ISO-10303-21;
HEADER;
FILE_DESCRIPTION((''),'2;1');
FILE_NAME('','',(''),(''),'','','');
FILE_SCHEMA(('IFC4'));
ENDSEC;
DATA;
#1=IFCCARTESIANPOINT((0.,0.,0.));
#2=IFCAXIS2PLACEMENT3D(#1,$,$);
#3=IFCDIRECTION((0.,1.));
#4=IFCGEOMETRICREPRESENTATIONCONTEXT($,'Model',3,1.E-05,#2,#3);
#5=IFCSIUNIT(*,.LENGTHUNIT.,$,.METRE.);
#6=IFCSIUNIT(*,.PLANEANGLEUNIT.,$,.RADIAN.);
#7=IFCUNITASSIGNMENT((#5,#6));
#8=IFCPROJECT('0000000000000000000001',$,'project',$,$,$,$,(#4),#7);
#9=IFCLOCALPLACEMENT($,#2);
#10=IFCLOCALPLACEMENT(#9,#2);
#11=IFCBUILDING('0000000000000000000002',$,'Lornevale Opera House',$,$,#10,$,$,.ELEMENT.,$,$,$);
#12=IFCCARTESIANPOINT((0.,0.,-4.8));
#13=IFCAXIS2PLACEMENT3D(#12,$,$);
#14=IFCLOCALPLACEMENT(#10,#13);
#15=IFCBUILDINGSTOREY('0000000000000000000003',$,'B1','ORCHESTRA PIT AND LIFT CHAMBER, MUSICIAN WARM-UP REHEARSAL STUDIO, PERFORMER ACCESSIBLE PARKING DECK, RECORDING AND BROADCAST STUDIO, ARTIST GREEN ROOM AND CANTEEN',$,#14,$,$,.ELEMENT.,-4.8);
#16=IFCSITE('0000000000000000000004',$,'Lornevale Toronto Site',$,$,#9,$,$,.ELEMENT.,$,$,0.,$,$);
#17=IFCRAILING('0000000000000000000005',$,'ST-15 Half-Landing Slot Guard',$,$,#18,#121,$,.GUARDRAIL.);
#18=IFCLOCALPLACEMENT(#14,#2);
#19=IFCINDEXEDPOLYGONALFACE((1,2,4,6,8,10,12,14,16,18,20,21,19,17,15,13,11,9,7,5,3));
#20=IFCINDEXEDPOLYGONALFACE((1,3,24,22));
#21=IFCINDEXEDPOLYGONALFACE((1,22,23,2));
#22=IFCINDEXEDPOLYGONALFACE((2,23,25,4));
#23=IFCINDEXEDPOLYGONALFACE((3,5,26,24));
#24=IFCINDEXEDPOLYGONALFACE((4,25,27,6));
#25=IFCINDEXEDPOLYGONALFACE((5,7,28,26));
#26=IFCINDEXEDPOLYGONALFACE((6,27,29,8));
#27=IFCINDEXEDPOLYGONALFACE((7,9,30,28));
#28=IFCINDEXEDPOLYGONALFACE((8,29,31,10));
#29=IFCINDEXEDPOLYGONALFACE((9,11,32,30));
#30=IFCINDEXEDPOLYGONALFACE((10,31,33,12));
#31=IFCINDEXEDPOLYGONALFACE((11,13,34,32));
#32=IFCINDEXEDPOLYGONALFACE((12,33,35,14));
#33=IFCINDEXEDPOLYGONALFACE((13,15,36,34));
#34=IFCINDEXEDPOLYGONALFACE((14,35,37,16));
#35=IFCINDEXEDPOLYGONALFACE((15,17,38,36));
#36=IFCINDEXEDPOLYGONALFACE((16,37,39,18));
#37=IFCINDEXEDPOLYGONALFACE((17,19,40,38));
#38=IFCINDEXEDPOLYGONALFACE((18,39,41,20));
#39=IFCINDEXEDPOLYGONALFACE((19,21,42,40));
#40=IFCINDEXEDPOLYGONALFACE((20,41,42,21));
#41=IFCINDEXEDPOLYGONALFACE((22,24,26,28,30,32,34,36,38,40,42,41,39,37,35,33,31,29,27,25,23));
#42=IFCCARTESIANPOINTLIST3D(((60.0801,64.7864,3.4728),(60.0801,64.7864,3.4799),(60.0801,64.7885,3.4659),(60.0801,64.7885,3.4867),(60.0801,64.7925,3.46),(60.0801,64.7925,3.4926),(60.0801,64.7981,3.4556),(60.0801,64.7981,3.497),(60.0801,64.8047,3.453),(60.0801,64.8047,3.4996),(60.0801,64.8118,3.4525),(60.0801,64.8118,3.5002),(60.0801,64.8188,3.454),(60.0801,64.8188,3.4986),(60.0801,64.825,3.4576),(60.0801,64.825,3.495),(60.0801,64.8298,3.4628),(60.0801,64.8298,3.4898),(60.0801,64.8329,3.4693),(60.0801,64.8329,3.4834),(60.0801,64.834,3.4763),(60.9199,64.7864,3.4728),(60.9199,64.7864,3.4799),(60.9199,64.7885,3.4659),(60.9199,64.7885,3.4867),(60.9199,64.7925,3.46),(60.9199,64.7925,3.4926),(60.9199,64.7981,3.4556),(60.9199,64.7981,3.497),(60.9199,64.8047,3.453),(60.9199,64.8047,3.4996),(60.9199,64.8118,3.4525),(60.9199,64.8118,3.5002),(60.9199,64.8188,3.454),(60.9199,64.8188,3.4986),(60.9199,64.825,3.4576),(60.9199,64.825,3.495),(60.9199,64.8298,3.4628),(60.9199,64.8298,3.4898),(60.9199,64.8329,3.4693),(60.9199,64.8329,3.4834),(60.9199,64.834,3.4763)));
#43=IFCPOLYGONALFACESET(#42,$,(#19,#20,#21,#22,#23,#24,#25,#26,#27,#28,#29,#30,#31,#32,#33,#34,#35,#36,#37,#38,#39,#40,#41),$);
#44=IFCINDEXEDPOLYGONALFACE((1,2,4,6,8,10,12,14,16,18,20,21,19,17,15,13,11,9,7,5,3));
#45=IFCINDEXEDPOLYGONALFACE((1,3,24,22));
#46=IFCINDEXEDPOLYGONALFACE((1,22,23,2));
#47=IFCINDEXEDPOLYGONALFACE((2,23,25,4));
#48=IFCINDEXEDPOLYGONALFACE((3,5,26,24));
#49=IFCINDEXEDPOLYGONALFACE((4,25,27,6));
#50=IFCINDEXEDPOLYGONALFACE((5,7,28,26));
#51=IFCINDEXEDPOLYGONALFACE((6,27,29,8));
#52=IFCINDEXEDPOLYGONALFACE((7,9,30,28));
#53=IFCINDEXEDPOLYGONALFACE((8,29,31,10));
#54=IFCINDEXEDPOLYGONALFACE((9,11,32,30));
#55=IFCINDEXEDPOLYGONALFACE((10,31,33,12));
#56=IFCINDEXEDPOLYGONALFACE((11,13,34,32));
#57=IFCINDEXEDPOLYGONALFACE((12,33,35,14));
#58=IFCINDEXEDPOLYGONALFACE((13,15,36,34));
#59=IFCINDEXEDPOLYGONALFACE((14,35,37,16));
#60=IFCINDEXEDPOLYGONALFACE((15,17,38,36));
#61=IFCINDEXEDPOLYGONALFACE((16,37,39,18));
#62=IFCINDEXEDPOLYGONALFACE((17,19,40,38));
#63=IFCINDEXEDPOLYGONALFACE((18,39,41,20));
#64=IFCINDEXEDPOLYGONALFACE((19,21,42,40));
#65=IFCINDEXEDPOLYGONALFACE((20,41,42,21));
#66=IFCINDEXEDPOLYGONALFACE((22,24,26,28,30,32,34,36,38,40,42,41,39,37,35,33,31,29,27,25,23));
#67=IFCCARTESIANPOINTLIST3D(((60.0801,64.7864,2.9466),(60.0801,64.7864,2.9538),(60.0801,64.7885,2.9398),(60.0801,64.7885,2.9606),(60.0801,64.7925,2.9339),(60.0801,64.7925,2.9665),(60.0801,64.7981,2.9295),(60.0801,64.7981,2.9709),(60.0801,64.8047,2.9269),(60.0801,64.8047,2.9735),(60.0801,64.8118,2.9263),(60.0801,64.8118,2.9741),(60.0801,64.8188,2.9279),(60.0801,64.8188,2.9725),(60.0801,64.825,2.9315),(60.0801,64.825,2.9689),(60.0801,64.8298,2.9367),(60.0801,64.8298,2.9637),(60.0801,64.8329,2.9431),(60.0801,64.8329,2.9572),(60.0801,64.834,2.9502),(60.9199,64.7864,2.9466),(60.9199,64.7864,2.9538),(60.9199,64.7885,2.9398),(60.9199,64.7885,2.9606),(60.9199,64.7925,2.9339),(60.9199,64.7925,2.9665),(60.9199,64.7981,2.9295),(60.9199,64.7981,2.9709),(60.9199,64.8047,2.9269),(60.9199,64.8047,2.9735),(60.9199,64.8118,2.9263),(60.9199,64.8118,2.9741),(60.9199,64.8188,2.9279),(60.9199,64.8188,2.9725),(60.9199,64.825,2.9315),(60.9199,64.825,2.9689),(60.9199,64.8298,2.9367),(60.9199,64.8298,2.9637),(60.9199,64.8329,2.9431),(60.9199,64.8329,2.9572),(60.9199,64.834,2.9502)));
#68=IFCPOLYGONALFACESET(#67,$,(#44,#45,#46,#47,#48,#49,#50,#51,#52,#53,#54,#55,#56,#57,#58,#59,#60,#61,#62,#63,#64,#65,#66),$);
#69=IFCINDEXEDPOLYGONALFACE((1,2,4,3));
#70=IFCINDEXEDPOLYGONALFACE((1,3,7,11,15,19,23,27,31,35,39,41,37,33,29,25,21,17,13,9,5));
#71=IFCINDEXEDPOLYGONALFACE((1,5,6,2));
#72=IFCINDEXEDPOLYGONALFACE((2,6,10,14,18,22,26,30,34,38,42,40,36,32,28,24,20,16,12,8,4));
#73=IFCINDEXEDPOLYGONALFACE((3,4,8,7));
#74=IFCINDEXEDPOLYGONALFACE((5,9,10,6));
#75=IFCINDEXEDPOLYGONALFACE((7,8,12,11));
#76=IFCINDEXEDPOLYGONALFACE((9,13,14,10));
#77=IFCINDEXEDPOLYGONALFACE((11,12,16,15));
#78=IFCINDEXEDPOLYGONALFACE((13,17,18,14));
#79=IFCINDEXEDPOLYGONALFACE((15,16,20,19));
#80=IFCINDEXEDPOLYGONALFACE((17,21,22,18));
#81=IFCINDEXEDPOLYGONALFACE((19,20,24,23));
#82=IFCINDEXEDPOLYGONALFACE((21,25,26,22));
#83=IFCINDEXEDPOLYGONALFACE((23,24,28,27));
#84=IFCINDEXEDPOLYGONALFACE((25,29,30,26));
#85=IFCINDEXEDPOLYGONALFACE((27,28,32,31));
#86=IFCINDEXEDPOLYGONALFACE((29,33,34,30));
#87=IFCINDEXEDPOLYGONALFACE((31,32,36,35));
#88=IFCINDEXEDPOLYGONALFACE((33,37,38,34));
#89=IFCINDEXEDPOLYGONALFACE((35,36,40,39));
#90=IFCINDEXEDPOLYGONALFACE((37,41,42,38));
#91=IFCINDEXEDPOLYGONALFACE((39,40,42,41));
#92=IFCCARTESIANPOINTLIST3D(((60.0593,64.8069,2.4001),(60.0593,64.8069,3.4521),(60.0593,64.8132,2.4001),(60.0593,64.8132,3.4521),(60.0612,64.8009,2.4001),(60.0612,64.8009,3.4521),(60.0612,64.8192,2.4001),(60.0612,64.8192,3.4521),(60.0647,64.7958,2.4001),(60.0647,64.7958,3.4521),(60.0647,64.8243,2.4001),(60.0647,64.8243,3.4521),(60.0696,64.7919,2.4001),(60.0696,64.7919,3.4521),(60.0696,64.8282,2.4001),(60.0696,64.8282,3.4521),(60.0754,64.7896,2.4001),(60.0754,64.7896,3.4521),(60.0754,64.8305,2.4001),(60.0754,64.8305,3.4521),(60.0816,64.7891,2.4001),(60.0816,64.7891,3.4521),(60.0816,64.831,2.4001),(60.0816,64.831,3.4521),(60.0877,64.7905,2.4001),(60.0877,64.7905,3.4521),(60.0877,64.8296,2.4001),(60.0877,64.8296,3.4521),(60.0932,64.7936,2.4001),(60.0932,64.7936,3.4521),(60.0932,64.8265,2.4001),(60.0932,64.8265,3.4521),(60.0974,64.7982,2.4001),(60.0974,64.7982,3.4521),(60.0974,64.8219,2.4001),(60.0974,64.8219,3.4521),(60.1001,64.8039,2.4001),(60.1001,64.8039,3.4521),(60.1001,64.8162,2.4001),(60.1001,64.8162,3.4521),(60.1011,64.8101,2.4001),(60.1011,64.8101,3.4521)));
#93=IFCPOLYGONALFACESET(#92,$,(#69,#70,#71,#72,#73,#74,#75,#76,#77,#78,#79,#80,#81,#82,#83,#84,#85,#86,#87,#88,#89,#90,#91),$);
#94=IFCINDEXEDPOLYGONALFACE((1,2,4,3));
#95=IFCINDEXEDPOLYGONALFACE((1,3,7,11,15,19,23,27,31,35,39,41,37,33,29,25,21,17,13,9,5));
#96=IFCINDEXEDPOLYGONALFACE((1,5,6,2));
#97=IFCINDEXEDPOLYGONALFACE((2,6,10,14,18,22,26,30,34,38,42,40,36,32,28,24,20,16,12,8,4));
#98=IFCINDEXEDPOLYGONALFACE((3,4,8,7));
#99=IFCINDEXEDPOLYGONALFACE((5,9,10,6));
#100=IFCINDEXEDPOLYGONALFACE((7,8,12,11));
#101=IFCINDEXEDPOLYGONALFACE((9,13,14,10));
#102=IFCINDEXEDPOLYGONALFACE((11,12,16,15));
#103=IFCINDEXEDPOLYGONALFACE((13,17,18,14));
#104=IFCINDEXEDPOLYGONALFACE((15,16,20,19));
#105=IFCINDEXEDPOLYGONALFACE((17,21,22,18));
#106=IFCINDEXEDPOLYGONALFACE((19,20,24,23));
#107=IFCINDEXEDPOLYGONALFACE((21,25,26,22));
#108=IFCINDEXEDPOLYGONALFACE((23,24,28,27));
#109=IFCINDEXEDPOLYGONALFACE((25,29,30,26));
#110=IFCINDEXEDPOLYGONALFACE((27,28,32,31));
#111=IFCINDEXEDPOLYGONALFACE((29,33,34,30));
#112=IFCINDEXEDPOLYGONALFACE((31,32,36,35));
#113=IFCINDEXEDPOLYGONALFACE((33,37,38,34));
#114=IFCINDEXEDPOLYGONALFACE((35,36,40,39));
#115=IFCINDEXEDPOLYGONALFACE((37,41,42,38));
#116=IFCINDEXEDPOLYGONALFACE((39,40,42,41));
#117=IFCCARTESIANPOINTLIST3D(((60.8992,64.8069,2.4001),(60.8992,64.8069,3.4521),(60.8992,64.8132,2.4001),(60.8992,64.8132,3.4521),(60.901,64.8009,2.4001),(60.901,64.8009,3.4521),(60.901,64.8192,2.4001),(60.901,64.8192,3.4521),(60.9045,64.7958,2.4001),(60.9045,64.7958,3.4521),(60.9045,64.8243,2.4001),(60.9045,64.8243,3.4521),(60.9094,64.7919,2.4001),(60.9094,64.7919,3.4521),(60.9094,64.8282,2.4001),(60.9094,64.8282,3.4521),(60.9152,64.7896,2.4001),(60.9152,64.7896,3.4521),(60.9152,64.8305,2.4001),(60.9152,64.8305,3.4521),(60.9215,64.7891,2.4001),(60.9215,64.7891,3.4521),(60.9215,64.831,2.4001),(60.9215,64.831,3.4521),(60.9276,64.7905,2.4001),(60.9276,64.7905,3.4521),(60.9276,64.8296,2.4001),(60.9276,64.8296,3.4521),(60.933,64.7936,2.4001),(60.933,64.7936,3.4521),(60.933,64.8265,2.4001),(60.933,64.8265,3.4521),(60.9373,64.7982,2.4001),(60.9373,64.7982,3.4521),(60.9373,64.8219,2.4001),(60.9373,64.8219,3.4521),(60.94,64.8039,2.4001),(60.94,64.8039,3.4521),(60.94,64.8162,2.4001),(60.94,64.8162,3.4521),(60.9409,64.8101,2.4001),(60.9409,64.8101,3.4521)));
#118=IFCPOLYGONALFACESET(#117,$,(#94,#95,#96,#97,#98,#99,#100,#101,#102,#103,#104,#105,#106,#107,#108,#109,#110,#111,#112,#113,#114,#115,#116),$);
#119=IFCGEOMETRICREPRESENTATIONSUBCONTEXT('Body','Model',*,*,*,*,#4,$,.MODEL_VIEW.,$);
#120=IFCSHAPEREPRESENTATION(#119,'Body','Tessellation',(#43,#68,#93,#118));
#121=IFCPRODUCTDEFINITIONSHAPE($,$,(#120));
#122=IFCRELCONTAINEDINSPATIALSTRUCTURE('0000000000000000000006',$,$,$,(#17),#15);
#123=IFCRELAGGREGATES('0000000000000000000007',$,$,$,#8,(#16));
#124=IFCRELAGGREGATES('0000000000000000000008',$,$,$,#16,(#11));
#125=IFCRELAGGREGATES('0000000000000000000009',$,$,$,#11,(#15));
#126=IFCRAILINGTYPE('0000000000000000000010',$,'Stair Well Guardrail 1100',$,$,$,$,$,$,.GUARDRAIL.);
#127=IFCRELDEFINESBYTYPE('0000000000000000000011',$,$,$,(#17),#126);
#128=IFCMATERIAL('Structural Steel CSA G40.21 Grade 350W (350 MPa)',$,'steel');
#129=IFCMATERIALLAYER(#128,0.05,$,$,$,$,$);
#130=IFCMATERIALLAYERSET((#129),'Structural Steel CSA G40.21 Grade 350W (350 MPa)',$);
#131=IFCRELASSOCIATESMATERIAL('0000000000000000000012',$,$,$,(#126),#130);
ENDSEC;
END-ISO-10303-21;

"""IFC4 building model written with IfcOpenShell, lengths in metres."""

from ifc_helpers import new_model, si_unit, direction, frame, origin, origin_2d, place, context, subcontext, project, spatial, circle, extrude, material, layer, layer_set, type_object, element, save


model = new_model("IFC4")

# Units and contexts
model_context = context("Model", 3, precision=1e-05, world=origin(), true_north=direction((0.0, 1.0)))
body_context = subcontext(model_context, "Body", "Model", "MODEL_VIEW")
ifc_project = project(units=[si_unit("LENGTHUNIT", "METRE"), si_unit("PLANEANGLEUNIT", "RADIAN")], contexts=[model_context])

# Site, building, storey
site_placement = place(None, origin())
site = spatial("IfcSite", under=ifc_project, at=site_placement, Name="Lornevale Toronto Site", CompositionType="ELEMENT", RefElevation=0.0)
building_placement = place(site_placement, origin())
building = spatial("IfcBuilding", under=site, at=building_placement, Name="Lornevale Opera House", CompositionType="ELEMENT")
storey_placement = place(building_placement, frame((0.0, 0.0, -4.8)))
storey = spatial("IfcBuildingStorey", under=building, at=storey_placement, Name="B1", Description="ORCHESTRA PIT AND LIFT CHAMBER, MUSICIAN WARM-UP REHEARSAL STUDIO, PERFORMER ACCESSIBLE PARKING DECK, RECORDING AND BROADCAST STUDIO, ARTIST GREEN ROOM AND CANTEEN", CompositionType="ELEMENT", Elevation=-4.8)

# Railing
ifc_material_1 = material(Name="Structural Steel CSA G40.21 Grade 350W (350 MPa)", Category="steel")
ifc_layer_1 = layer(ifc_material_1, 0.05)
ifc_layer_set_1 = layer_set([ifc_layer_1], Name="Structural Steel CSA G40.21 Grade 350W (350 MPa)")
railing_type_1 = type_object("IfcRailingType", Name="Stair Well Guardrail 1100", PredefinedType="GUARDRAIL", material=ifc_layer_set_1)
railing_1_placement = place(storey_placement, frame((60.0801, 64.8101, 2.4001)))
element("IfcRailing", 1, at=railing_1_placement, inside=storey, type_object=railing_type_1, Name="ST-15 Half-Landing Slot Guard", PredefinedType="GUARDRAIL", context=body_context, shape_type="SweptSolid", body=[
    extrude(circle(Radius=0.0239, at=origin_2d()), frame((0.0, 0.0, 1.0762), z_axis=(1.0, 0.0, 0.0), x_axis=(0.0, 1.0, 0.0)), (0.0, 0.0, 1.0), 0.8398),
    extrude(circle(Radius=0.0239, at=origin_2d()), frame((0.0, 0.0, 0.55), z_axis=(1.0, 0.0, 0.0), x_axis=(0.0, 1.0, 0.0)), (0.0, 0.0, 1.0), 0.8398),
    extrude(circle(Radius=0.021, at=origin_2d()), origin(), (0.0, 0.0, 1.0), 1.052),
    extrude(circle(Radius=0.021, at=origin_2d()), frame((0.8398, 0.0, 0.0)), (0.0, 0.0, 1.0), 1.052),
])

save(model, "model.ifc")
